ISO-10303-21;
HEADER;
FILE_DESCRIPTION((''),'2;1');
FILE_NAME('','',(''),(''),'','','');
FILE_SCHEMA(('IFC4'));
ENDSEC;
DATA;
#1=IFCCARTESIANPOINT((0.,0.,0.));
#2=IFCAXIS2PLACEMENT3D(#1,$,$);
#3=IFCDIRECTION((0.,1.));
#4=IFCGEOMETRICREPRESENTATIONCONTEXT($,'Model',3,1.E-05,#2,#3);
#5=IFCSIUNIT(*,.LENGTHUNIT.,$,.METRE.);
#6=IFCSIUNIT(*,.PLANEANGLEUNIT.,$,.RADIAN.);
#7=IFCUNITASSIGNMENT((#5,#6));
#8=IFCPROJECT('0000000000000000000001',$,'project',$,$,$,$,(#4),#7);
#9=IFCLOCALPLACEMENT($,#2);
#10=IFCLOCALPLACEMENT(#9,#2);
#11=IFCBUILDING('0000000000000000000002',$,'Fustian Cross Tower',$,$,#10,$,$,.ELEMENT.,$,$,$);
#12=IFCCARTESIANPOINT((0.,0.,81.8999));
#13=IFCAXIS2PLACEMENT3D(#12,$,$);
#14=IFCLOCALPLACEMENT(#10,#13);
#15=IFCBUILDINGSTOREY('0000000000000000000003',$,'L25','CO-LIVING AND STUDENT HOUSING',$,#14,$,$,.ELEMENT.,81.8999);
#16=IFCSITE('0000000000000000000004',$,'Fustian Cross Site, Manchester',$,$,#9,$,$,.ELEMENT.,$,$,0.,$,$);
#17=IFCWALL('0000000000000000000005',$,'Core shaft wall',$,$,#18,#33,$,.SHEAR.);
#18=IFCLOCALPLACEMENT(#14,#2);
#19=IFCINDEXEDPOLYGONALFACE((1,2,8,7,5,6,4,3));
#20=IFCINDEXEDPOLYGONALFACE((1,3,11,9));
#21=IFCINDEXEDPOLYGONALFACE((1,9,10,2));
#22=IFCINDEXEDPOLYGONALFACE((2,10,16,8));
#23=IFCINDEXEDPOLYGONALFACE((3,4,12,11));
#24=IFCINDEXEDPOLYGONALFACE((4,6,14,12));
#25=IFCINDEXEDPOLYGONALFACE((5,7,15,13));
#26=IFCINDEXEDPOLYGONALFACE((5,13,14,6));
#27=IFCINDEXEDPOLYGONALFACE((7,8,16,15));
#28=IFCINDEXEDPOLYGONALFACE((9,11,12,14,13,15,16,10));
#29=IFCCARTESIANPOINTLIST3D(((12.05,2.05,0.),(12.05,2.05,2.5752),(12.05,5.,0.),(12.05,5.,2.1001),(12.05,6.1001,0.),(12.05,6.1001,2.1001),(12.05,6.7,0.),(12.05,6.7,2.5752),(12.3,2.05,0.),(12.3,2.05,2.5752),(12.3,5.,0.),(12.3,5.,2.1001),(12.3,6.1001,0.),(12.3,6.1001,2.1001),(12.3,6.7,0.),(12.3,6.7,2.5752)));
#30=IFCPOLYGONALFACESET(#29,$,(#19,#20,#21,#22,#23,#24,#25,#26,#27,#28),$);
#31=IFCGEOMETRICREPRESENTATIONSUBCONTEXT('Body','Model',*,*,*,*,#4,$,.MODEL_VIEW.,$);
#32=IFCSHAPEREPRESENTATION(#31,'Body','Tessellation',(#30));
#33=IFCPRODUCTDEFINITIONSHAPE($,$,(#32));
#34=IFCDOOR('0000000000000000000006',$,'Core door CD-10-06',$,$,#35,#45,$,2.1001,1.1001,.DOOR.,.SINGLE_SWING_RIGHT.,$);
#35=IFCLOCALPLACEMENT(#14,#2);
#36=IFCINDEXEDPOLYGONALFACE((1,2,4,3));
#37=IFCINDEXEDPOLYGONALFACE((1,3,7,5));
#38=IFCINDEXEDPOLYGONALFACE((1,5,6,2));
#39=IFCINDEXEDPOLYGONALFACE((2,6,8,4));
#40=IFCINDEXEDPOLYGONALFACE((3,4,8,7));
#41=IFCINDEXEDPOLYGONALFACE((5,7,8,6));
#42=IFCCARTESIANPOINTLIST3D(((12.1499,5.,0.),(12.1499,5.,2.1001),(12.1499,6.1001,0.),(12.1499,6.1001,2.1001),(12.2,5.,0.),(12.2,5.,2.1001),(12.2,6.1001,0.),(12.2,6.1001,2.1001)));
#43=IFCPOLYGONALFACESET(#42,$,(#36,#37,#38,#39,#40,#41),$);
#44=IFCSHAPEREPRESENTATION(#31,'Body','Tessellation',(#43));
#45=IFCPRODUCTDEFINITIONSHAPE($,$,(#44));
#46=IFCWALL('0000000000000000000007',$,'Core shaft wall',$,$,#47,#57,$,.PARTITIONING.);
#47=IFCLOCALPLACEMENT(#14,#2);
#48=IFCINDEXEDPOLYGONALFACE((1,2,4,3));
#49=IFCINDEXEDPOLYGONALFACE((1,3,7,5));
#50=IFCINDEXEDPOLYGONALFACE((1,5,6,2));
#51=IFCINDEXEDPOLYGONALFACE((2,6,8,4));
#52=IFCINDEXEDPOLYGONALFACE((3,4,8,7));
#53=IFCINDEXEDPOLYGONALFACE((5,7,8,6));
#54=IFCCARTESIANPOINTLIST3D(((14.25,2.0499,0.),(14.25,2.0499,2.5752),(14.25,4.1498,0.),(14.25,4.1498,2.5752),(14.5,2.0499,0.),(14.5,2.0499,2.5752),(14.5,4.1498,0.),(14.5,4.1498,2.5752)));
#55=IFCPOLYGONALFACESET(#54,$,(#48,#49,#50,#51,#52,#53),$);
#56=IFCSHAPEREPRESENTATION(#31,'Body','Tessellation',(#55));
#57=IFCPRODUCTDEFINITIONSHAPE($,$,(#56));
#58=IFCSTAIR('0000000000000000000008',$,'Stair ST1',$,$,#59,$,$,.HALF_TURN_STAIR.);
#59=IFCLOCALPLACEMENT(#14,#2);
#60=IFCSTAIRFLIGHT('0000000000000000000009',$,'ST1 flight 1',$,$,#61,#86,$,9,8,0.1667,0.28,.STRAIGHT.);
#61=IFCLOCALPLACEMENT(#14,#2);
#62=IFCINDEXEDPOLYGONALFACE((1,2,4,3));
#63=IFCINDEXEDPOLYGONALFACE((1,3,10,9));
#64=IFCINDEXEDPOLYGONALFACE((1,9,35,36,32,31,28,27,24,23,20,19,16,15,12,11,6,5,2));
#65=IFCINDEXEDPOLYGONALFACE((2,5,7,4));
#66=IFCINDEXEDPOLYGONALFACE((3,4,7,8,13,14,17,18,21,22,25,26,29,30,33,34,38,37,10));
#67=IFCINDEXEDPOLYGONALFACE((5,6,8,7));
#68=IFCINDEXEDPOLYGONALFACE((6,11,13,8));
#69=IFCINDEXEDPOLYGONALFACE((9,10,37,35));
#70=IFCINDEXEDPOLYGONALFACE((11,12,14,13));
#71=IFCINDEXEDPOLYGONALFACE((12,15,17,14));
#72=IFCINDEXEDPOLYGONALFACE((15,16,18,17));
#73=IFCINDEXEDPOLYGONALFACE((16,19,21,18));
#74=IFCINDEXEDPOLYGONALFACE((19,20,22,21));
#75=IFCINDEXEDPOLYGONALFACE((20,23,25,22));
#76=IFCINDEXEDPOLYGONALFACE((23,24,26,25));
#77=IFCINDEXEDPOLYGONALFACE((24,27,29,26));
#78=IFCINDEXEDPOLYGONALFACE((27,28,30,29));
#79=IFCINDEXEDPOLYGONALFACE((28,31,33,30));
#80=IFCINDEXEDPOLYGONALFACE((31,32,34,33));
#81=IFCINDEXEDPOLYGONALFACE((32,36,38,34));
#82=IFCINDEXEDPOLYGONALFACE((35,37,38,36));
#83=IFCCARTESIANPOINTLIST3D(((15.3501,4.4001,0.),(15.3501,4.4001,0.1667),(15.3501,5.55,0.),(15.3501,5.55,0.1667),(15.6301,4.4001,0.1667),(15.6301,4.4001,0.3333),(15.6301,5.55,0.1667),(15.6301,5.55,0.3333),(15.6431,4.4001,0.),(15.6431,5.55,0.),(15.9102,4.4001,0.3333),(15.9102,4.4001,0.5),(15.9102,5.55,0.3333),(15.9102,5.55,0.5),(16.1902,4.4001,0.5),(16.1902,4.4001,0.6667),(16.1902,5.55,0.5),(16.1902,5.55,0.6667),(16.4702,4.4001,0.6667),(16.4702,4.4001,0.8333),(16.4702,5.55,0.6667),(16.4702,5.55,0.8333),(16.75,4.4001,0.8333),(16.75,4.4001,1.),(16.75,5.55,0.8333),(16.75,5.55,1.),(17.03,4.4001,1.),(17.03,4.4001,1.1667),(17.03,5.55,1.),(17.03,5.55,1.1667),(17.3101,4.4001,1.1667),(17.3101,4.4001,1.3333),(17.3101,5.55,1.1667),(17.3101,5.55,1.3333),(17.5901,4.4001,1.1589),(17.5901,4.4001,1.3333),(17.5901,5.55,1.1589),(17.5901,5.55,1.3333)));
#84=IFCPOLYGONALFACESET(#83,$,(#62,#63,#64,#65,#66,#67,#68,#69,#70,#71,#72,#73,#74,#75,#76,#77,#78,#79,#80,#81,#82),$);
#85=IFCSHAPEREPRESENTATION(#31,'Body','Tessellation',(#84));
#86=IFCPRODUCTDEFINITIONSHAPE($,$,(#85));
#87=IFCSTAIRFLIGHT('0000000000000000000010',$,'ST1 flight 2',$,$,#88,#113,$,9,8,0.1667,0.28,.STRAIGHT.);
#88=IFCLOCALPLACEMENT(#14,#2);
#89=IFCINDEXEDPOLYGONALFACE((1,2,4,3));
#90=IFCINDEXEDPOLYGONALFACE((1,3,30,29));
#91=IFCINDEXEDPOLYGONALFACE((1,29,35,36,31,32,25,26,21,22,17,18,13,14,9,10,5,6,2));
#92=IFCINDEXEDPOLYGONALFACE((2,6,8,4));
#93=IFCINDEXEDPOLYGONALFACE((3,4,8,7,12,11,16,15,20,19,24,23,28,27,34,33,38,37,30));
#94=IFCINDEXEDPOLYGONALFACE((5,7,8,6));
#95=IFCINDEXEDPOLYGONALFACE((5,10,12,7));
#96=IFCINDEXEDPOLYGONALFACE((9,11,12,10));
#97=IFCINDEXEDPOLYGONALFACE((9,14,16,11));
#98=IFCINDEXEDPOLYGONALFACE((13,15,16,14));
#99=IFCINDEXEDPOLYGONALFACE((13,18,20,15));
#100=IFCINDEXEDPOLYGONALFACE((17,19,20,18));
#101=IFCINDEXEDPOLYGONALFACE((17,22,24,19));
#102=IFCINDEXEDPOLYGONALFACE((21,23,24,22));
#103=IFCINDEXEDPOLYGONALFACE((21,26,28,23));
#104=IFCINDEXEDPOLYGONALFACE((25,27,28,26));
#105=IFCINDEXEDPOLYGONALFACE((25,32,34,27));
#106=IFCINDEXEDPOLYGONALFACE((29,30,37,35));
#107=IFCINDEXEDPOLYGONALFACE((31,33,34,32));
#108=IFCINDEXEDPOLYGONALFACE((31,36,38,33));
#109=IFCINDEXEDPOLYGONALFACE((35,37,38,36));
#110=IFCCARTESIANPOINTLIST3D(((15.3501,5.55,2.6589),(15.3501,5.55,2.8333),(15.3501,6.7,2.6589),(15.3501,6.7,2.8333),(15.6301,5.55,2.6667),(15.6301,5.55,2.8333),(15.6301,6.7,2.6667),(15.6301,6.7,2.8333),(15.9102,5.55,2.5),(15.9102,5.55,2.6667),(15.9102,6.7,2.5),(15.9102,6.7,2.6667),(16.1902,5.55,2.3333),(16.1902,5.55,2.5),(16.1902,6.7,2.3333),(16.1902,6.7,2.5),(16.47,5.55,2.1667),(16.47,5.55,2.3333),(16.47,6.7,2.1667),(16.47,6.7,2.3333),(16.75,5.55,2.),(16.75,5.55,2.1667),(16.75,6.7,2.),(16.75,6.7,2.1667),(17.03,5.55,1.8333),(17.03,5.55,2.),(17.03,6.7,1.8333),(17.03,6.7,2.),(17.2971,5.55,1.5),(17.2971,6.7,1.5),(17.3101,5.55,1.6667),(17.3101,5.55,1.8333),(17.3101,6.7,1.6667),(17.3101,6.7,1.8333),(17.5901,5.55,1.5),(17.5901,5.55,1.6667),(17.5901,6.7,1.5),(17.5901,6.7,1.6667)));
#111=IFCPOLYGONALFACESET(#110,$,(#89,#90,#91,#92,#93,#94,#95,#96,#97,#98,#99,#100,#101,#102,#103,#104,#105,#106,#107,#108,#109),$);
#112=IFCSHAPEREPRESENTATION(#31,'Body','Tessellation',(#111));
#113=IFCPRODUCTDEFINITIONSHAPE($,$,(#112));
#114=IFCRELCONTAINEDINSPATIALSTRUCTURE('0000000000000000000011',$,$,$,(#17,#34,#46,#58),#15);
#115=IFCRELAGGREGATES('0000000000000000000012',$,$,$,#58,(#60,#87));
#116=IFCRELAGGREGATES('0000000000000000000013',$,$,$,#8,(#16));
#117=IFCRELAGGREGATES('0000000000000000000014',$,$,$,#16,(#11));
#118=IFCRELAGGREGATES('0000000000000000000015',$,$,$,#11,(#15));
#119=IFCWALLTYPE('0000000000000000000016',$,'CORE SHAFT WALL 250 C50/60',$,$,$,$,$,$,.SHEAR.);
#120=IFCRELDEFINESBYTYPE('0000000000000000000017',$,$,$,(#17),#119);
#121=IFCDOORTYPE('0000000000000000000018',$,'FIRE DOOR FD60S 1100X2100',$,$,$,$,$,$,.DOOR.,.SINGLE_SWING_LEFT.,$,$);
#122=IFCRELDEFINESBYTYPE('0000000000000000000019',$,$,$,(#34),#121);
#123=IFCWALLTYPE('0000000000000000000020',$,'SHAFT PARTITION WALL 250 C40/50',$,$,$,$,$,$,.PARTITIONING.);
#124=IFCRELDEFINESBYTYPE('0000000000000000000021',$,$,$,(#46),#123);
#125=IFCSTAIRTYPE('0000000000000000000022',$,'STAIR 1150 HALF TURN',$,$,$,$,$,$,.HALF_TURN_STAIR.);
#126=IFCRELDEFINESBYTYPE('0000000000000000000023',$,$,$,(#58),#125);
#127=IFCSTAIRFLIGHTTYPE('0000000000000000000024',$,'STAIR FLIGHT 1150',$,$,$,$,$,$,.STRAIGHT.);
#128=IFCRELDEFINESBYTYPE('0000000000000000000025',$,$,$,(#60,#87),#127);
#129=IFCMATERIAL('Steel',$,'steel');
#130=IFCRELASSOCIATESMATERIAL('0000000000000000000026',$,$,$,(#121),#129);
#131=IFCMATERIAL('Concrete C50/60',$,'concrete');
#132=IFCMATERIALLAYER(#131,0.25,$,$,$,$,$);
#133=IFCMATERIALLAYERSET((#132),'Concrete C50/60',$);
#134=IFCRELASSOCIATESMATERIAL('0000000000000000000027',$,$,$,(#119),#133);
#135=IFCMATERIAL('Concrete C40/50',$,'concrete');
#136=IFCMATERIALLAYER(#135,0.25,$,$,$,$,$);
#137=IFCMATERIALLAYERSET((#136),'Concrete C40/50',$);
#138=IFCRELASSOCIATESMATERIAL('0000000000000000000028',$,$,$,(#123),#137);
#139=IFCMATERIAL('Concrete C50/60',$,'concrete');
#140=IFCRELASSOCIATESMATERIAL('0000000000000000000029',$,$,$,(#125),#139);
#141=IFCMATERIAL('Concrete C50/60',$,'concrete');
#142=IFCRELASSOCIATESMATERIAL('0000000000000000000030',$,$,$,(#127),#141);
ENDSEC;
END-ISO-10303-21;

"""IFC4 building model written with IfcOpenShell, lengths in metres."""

from ifc_helpers import new_model, si_unit, direction, frame, frame_2d, origin, place, context, subcontext, project, spatial, polyline, rectangle, outline, extrude, material, layer, layer_set, type_object, element, fill, aggregate, save


model = new_model("IFC4")

# Units and contexts
model_context = context("Model", 3, precision=1e-05, world=origin(), true_north=direction((0.0, 1.0)))
body_context = subcontext(model_context, "Body", "Model", "MODEL_VIEW")
ifc_project = project(units=[si_unit("LENGTHUNIT", "METRE"), si_unit("PLANEANGLEUNIT", "RADIAN")], contexts=[model_context])

# Site, building, storey
site_placement = place(None, origin())
site = spatial("IfcSite", under=ifc_project, at=site_placement, Name="Fustian Cross Site, Manchester", CompositionType="ELEMENT", RefElevation=0.0)
building_placement = place(site_placement, origin())
building = spatial("IfcBuilding", under=site, at=building_placement, Name="Fustian Cross Tower", CompositionType="ELEMENT")
storey_placement = place(building_placement, frame((0.0, 0.0, 81.8999)))
storey = spatial("IfcBuildingStorey", under=building, at=storey_placement, Name="L25", Description="CO-LIVING AND STUDENT HOUSING", CompositionType="ELEMENT", Elevation=81.8999)

# Shared definitions
ifc_material_1 = material(Name="Steel", Category="steel")
door_type_1 = type_object("IfcDoorType", Name="FIRE DOOR FD60S 1100X2100", OperationType="SINGLE_SWING_LEFT", PredefinedType="DOOR", material=ifc_material_1)

# Shared definitions
ifc_material_2 = material(Name="Concrete C50/60", Category="concrete")
ifc_layer_1 = layer(ifc_material_2, 0.25)
ifc_layer_set_1 = layer_set([ifc_layer_1], Name="Concrete C50/60")
wall_type_1 = type_object("IfcWallType", Name="CORE SHAFT WALL 250 C50/60", PredefinedType="SHEAR", material=ifc_layer_set_1)

# Wall, opening, door
wall_1_placement = place(storey_placement, frame((12.175, 2.05, 0.0), z_axis=(0.0, 0.0, 1.0), x_axis=(0.0, 1.0, 0.0)))
wall_1 = element("IfcWall", 1, at=wall_1_placement, inside=storey, type_object=wall_type_1, Name="Core shaft wall", PredefinedType="SHEAR", context=body_context, shape_type="SweptSolid", body=[
    extrude(rectangle(XDim=4.6499, YDim=0.25, at=frame_2d((2.325, 0.0))), origin(), (0.0, 0.0, 1.0), 2.5752),
])
opening_1_placement = place(wall_1_placement, frame((2.95, 0.0, 0.0)))
opening_1 = element("IfcOpeningElement", 2, at=opening_1_placement, cuts=wall_1, PredefinedType="OPENING", context=body_context, shape_type="SweptSolid", body=[
    extrude(rectangle(XDim=1.1001, YDim=2.1001, at=frame_2d((0.55, 1.05))), frame((0.0, 0.135, 0.0), z_axis=(0.0, -1.0, 0.0), x_axis=(1.0, 0.0, 0.0)), (0.0, 0.0, 1.0), 0.27),
])
door_1_placement = place(opening_1_placement, frame((1.1001, 0.0, 0.0), z_axis=(0.0, 0.0, 1.0), x_axis=(-1.0, 0.0, 0.0)))
door_1 = element("IfcDoor", 3, at=door_1_placement, inside=storey, type_object=door_type_1, Name="Core door CD-10-06", OperationType="SINGLE_SWING_RIGHT", OverallHeight=2.1001, OverallWidth=1.1001, PredefinedType="DOOR", context=body_context, shape_type="SweptSolid", body=[
    extrude(rectangle(XDim=1.1001, YDim=2.1001, at=frame_2d((0.55, 1.05))), frame((0.0, 0.0249, 0.0), z_axis=(0.0, -1.0, 0.0), x_axis=(1.0, 0.0, 0.0)), (0.0, 0.0, 1.0), 0.05),
])
fill(opening_1, door_1)

# Wall
ifc_material_3 = material(Name="Concrete C40/50", Category="concrete")
ifc_layer_2 = layer(ifc_material_3, 0.25)
ifc_layer_set_2 = layer_set([ifc_layer_2], Name="Concrete C40/50")
wall_type_2 = type_object("IfcWallType", Name="SHAFT PARTITION WALL 250 C40/50", PredefinedType="PARTITIONING", material=ifc_layer_set_2)
wall_2_placement = place(storey_placement, frame((14.375, 2.05, 0.0), z_axis=(0.0, 0.0, 1.0), x_axis=(0.0, 1.0, 0.0)))
element("IfcWall", 4, at=wall_2_placement, inside=storey, type_object=wall_type_2, Name="Core shaft wall", PredefinedType="PARTITIONING", context=body_context, shape_type="SweptSolid", body=[
    extrude(rectangle(XDim=2.0999, YDim=0.25, at=frame_2d((1.0498, 0.0))), origin(), (0.0, 0.0, 1.0), 2.5752),
])

# Stair, stair flights
ifc_material_4 = material(Name="Concrete C50/60", Category="concrete")
stair_type = type_object("IfcStairType", Name="STAIR 1150 HALF TURN", PredefinedType="HALF_TURN_STAIR", material=ifc_material_4)
stair_placement = place(storey_placement, origin())
stair = element("IfcStair", 5, at=stair_placement, inside=storey, type_object=stair_type, Name="Stair ST1", PredefinedType="HALF_TURN_STAIR")
ifc_material_5 = material(Name="Concrete C50/60", Category="concrete")
stair_flight_type = type_object("IfcStairFlightType", Name="STAIR FLIGHT 1150", PredefinedType="STRAIGHT", material=ifc_material_5)
stair_flight_1_placement = place(storey_placement, frame((15.3501, 4.9751, 0.0), z_axis=(0.0, 0.0, 1.0), x_axis=(1.0, 0.0, 0.0)))
stair_flight_1 = element("IfcStairFlight", 6, at=stair_flight_1_placement, type_object=stair_flight_type, Name="ST1 flight 1", NumberOfRisers=9, NumberOfTreads=8, PredefinedType="STRAIGHT", RiserHeight=0.1667, TreadLength=0.28, context=body_context, shape_type="SweptSolid", body=[
    extrude(outline(polyline([(0.0, 0.0), (0.0, 0.1667), (0.28, 0.1667), (0.28, 0.3333), (0.5601, 0.3333), (0.5601, 0.5), (0.8401, 0.5), (0.8401, 0.6667), (1.1201, 0.6667), (1.1201, 0.8333), (1.3999, 0.8333), (1.3999, 1.0), (1.6799, 1.0), (1.6799, 1.1667), (1.96, 1.1667), (1.96, 1.3333), (2.24, 1.3333), (2.24, 1.5), (2.24, 1.1589), (0.293, 0.0), (0.0, 0.0)])), frame((0.0, 0.575, 0.0), z_axis=(0.0, -1.0, 0.0), x_axis=(1.0, 0.0, 0.0)), (0.0, 0.0, 1.0), 1.1499),
])
stair_flight_2_placement = place(storey_placement, frame((17.5901, 6.125, 1.5), z_axis=(0.0, 0.0, 1.0), x_axis=(-1.0, 0.0, 0.0)))
stair_flight_2 = element("IfcStairFlight", 7, at=stair_flight_2_placement, type_object=stair_flight_type, Name="ST1 flight 2", NumberOfRisers=9, NumberOfTreads=8, PredefinedType="STRAIGHT", RiserHeight=0.1667, TreadLength=0.28, context=body_context, shape_type="SweptSolid", body=[
    extrude(outline(polyline([(0.0, 0.0), (0.0, 0.1667), (0.28, 0.1667), (0.28, 0.3333), (0.5601, 0.3333), (0.5601, 0.5), (0.8401, 0.5), (0.8401, 0.6667), (1.1201, 0.6667), (1.1201, 0.8333), (1.3999, 0.8333), (1.3999, 1.0), (1.6799, 1.0), (1.6799, 1.1667), (1.96, 1.1667), (1.96, 1.3333), (2.24, 1.3333), (2.24, 1.5), (2.24, 1.1589), (0.293, 0.0), (0.0, 0.0)])), frame((0.0, 0.575, 0.0), z_axis=(0.0, -1.0, 0.0), x_axis=(1.0, 0.0, 0.0)), (0.0, 0.0, 1.0), 1.1499),
])
aggregate(stair, [stair_flight_1, stair_flight_2])

save(model, "model.ifc")
